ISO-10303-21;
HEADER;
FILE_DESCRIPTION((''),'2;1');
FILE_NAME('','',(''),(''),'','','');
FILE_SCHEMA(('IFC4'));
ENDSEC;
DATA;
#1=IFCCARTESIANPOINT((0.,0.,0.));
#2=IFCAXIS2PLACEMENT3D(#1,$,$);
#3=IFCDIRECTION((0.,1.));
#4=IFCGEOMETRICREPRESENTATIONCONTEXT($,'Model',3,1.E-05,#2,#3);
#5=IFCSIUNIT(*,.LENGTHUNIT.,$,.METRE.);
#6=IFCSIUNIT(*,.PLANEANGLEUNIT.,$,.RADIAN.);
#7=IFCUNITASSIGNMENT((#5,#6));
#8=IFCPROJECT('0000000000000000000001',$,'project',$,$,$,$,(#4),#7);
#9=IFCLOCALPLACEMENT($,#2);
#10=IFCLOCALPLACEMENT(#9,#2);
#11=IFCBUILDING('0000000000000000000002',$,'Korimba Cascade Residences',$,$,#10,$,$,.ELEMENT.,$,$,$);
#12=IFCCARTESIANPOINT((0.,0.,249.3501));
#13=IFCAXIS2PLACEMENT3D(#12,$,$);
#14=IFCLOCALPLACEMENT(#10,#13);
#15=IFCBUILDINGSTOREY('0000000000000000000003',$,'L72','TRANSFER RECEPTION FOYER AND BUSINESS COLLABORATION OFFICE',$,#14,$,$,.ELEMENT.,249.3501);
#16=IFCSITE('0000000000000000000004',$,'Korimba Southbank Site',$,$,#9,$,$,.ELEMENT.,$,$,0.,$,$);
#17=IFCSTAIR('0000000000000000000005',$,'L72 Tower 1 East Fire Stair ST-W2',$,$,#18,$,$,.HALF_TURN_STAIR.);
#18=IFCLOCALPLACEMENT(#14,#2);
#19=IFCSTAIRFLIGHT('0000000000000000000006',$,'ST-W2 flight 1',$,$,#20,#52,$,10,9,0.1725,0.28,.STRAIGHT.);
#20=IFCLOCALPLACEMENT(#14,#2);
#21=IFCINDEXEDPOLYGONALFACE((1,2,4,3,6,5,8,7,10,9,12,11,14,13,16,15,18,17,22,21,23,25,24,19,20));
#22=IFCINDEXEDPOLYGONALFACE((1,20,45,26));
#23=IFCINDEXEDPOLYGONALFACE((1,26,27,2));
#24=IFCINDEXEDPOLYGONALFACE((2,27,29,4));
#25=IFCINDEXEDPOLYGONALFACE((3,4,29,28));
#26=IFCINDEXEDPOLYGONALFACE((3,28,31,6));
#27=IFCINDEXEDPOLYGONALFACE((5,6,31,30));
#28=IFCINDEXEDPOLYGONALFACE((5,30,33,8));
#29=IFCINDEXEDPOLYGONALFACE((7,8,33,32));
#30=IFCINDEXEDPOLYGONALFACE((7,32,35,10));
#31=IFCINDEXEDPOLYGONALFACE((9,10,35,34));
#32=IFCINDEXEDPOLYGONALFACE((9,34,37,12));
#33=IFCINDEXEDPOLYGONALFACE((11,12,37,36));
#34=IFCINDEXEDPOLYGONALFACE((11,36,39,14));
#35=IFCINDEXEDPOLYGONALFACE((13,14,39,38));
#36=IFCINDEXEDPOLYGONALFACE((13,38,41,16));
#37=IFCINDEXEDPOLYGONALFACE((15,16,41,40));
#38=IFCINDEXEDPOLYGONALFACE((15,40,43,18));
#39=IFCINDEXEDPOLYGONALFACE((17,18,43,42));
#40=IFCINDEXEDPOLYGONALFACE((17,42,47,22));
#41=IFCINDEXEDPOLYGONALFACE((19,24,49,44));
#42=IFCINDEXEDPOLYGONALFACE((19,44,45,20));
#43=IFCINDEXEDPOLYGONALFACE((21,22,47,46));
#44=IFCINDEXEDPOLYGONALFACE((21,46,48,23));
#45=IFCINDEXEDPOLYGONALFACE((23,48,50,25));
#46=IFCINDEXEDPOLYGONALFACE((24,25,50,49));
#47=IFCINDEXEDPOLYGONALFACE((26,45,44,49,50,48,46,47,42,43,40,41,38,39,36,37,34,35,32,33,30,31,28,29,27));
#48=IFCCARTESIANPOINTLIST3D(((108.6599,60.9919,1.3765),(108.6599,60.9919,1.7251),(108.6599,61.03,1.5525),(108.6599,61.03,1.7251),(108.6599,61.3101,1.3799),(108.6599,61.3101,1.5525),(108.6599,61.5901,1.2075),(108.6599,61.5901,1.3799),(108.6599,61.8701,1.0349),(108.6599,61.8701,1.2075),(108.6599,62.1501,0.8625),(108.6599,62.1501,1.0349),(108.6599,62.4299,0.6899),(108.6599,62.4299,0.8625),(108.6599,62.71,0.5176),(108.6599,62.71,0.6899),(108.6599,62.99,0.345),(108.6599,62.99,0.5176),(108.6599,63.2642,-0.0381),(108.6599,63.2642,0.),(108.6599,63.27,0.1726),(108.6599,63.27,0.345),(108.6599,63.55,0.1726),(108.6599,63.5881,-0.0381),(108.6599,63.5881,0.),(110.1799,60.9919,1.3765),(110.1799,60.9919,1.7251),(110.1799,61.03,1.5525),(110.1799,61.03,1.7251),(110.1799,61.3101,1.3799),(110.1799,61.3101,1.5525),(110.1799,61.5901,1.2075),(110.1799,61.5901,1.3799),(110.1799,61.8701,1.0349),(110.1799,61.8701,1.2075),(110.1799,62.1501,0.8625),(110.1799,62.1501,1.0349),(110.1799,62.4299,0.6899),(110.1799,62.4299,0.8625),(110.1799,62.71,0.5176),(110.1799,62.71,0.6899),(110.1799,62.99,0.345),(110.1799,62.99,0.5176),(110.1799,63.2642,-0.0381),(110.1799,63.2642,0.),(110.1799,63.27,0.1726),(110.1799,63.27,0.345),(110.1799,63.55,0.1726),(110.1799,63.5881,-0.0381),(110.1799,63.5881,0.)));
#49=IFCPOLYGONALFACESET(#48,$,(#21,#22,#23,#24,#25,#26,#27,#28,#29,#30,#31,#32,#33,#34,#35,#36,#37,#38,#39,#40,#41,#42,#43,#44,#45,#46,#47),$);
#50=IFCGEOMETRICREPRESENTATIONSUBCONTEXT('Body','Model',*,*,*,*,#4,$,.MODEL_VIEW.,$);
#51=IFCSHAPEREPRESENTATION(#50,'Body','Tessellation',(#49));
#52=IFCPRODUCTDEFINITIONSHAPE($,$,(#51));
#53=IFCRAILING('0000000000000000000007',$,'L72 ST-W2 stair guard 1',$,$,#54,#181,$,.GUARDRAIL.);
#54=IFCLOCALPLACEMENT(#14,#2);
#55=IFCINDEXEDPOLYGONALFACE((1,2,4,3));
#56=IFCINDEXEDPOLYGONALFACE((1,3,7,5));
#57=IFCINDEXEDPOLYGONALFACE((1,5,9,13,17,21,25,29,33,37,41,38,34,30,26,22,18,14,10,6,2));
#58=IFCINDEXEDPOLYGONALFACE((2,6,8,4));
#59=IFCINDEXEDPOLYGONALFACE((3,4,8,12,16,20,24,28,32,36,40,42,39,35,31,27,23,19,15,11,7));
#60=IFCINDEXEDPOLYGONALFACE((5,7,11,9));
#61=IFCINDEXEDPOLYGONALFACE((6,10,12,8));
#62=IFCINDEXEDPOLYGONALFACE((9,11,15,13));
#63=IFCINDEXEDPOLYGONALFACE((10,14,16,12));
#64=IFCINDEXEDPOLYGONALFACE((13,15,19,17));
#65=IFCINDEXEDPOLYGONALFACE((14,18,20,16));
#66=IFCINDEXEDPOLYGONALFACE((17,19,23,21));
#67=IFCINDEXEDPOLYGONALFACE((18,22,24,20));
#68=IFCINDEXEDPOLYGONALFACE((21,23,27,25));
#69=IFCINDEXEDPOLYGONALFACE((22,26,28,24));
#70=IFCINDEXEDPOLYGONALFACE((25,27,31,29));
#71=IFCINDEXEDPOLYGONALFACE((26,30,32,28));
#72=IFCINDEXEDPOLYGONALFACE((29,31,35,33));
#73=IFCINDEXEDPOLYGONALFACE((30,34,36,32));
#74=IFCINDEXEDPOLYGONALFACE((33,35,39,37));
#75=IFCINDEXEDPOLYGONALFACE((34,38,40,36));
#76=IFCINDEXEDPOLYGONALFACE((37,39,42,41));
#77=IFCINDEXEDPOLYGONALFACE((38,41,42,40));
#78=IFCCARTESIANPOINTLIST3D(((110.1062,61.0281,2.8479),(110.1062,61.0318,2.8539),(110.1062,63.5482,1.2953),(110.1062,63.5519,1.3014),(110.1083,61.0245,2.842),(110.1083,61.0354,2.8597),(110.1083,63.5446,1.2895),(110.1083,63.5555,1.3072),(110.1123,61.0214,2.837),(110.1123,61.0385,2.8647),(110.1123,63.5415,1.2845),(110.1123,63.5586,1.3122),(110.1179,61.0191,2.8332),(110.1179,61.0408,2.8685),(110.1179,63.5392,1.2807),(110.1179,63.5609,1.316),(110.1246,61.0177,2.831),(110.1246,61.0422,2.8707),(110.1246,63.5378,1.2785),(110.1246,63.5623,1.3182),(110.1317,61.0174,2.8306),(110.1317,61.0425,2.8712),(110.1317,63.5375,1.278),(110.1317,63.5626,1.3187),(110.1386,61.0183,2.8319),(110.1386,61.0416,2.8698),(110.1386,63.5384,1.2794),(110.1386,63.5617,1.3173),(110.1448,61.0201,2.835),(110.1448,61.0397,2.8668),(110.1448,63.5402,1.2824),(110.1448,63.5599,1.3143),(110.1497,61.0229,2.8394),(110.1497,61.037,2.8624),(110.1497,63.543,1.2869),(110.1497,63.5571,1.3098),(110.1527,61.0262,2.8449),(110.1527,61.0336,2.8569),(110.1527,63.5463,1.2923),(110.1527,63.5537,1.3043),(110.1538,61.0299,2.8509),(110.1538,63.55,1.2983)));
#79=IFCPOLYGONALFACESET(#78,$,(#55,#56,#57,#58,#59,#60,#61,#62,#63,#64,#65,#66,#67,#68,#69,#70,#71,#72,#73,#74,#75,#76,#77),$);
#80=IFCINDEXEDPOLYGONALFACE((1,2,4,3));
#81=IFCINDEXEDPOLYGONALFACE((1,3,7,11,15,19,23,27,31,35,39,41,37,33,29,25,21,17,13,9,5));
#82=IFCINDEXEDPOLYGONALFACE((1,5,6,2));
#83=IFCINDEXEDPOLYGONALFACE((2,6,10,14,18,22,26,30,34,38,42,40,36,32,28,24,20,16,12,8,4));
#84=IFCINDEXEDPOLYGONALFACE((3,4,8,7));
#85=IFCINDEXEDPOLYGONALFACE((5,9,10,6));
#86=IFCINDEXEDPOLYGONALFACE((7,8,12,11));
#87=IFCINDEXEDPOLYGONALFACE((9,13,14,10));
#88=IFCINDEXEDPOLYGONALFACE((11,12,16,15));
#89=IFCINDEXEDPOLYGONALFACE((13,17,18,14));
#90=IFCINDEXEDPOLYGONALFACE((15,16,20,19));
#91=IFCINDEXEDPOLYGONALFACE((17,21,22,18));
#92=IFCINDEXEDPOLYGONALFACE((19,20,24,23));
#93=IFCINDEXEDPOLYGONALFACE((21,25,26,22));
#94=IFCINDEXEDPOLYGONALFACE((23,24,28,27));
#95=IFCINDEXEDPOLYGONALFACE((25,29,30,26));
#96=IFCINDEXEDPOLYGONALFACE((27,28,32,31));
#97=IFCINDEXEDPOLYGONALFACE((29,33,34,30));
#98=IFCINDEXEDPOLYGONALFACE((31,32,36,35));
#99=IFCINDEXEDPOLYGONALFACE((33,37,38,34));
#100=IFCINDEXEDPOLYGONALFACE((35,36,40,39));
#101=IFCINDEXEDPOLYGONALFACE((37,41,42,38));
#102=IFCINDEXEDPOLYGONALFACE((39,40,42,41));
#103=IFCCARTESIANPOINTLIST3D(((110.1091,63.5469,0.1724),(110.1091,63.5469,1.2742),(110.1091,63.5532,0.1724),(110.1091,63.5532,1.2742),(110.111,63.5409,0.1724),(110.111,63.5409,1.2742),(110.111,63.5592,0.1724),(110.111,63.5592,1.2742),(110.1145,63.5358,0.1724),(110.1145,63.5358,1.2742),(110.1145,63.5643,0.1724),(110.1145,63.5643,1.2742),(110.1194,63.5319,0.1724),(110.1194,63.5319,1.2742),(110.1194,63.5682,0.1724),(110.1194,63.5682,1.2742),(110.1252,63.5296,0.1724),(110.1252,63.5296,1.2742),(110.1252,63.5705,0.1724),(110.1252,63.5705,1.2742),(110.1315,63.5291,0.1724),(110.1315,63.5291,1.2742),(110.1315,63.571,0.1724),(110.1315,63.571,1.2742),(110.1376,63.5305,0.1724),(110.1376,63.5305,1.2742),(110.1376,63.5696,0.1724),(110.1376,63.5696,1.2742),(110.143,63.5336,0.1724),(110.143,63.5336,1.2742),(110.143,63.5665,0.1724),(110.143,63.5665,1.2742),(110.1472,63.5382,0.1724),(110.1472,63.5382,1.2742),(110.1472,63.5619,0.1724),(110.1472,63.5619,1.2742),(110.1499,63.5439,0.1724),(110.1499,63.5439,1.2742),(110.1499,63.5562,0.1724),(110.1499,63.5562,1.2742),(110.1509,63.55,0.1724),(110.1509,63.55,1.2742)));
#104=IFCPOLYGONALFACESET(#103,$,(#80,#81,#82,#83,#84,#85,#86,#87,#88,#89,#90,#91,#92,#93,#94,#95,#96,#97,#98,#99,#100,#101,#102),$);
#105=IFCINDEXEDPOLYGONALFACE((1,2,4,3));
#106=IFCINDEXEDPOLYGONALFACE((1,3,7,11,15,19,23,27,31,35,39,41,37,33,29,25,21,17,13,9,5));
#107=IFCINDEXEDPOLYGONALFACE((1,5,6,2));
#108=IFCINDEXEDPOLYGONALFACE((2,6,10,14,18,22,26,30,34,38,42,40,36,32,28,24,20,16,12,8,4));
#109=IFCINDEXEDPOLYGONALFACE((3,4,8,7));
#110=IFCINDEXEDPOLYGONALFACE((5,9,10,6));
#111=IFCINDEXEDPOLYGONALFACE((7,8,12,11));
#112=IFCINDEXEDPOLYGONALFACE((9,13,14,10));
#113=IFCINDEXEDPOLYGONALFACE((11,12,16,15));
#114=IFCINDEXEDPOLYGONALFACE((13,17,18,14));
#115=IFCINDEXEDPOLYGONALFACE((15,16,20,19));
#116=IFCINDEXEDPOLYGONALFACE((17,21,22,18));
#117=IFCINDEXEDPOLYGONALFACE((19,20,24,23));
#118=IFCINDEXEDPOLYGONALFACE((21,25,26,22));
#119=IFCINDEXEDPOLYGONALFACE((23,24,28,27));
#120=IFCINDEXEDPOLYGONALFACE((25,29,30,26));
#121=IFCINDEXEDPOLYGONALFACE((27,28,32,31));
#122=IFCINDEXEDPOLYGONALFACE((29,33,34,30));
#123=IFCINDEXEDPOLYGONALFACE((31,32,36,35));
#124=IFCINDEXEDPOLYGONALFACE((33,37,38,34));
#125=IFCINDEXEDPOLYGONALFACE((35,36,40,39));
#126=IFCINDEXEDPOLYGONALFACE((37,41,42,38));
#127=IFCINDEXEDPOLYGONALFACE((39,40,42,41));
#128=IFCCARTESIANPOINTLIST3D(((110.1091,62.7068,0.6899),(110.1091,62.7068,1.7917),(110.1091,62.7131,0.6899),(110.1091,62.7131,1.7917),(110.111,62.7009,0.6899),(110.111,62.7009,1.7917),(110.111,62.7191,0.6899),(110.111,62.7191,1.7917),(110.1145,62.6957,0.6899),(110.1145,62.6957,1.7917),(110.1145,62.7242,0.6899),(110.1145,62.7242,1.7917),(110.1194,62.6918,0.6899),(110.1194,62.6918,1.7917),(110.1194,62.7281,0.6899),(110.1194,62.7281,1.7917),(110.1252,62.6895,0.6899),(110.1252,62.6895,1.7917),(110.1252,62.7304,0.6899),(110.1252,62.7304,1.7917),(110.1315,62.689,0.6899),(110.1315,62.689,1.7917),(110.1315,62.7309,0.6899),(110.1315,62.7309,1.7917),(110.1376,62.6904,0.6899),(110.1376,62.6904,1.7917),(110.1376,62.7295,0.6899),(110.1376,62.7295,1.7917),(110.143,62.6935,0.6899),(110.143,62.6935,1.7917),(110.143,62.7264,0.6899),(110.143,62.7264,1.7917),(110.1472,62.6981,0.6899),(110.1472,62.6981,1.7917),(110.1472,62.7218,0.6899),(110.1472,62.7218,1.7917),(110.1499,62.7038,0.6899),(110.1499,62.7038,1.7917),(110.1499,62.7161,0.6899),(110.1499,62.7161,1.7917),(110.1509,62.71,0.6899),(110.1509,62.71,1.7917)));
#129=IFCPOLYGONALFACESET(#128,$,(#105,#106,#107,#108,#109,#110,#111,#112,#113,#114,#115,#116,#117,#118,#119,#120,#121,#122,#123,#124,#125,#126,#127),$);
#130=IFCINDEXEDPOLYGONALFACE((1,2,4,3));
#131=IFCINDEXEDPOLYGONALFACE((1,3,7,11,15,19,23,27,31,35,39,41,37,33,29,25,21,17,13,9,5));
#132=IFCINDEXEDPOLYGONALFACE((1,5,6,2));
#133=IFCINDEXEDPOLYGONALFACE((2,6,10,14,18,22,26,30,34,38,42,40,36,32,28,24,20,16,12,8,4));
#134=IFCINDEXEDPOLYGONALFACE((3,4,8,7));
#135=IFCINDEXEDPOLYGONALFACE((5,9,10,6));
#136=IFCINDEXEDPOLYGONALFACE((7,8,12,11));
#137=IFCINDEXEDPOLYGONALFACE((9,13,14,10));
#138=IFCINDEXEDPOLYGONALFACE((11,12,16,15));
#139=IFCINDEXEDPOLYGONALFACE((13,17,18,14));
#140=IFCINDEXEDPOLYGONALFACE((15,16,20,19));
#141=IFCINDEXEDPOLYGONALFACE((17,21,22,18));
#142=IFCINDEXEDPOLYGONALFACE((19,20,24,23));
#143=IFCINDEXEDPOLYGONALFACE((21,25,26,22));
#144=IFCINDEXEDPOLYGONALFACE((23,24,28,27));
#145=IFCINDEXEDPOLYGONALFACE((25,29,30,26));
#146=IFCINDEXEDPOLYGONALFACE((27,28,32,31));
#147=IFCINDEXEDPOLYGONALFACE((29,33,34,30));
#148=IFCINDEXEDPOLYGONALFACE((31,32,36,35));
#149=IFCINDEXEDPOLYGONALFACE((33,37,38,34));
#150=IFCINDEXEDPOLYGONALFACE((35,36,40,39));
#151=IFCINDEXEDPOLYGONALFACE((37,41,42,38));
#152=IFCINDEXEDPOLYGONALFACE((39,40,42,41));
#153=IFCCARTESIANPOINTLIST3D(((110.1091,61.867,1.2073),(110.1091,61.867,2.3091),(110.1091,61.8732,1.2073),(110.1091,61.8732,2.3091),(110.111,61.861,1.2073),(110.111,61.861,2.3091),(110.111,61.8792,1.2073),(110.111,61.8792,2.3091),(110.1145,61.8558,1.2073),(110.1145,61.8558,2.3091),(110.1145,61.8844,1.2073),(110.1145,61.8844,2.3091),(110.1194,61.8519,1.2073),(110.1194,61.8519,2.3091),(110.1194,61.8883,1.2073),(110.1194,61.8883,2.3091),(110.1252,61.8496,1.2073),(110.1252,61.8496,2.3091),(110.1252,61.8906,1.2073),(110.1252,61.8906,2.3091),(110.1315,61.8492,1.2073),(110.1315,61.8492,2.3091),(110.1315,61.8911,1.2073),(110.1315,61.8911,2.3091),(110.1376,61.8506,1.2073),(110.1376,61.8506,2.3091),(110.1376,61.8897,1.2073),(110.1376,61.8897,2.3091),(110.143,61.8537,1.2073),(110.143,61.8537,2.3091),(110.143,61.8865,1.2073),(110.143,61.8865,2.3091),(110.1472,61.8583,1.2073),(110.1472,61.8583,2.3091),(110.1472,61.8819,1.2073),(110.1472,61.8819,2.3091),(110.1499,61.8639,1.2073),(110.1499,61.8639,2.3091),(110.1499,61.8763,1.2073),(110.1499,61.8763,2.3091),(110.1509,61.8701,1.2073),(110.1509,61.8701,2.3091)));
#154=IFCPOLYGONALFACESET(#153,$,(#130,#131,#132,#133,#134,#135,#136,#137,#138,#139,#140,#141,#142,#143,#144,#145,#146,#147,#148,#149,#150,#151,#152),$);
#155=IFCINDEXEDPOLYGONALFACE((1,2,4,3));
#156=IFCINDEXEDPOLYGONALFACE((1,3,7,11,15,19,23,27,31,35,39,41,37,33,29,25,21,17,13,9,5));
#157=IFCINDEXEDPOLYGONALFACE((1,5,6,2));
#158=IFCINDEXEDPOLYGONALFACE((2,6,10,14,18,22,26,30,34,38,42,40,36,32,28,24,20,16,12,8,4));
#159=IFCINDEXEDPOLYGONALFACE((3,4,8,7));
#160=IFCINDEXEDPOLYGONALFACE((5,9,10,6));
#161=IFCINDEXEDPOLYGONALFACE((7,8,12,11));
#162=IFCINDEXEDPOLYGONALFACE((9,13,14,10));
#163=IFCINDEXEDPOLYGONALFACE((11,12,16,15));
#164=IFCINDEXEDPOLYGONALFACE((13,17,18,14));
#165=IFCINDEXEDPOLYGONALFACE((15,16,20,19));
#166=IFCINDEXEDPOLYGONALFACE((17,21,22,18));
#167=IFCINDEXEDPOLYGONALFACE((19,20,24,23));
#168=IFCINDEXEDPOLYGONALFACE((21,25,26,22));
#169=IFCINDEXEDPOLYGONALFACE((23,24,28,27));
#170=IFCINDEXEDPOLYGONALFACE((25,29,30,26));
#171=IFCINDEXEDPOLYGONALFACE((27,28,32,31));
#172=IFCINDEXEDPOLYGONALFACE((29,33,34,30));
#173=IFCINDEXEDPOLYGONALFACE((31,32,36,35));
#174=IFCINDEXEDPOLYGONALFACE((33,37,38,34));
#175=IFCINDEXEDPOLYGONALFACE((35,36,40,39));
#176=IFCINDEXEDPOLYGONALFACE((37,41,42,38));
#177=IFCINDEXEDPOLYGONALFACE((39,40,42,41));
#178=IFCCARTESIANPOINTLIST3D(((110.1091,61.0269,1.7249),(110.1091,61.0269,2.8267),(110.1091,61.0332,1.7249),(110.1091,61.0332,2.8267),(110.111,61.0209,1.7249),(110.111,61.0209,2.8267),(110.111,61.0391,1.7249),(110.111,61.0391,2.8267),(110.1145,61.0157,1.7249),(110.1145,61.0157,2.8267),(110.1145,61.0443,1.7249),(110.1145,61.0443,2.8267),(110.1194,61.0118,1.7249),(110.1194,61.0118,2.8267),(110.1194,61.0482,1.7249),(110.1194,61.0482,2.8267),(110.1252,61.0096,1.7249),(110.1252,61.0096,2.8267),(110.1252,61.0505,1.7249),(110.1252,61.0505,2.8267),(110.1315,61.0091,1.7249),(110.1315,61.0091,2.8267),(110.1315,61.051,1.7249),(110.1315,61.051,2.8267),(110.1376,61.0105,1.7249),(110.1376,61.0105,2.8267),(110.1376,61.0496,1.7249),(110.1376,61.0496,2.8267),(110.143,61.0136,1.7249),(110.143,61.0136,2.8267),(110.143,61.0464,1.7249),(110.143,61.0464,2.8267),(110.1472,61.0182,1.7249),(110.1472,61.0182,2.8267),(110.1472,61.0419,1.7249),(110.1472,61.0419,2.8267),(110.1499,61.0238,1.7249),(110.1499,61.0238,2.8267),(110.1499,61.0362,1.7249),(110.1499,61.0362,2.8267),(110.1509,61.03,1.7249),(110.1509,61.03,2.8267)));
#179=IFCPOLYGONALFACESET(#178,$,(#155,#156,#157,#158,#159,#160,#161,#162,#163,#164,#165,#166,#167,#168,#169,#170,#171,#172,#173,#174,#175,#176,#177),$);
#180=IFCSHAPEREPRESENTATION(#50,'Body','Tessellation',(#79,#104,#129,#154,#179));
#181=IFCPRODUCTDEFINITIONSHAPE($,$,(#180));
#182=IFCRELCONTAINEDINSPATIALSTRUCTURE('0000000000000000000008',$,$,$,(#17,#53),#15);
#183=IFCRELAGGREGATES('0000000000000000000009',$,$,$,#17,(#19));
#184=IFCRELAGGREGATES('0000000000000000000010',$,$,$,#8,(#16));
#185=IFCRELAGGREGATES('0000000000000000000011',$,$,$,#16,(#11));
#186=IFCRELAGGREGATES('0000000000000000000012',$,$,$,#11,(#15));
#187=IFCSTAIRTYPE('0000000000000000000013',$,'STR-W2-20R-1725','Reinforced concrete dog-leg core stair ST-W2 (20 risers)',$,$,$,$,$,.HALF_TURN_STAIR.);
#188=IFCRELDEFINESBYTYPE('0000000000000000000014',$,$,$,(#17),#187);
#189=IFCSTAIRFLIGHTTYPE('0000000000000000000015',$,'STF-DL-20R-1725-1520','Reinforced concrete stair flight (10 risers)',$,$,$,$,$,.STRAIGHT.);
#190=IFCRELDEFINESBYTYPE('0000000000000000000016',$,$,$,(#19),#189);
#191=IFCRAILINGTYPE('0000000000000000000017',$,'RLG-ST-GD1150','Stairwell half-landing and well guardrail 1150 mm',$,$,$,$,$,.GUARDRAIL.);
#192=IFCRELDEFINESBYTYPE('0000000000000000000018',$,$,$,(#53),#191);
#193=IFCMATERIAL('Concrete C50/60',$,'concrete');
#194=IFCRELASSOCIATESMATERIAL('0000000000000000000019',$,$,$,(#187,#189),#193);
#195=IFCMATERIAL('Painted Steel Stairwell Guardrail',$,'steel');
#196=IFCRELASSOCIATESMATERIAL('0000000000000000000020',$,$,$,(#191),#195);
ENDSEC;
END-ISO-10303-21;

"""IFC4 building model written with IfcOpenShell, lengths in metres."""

from ifc_helpers import new_model, si_unit, direction, frame, origin, origin_2d, place, context, subcontext, project, spatial, polyline, circle, outline, extrude, material, type_object, element, aggregate, save


model = new_model("IFC4")

# Units and contexts
model_context = context("Model", 3, precision=1e-05, world=origin(), true_north=direction((0.0, 1.0)))
body_context = subcontext(model_context, "Body", "Model", "MODEL_VIEW")
ifc_project = project(units=[si_unit("LENGTHUNIT", "METRE"), si_unit("PLANEANGLEUNIT", "RADIAN")], contexts=[model_context])

# Site, building, storey
site_placement = place(None, origin())
site = spatial("IfcSite", under=ifc_project, at=site_placement, Name="Korimba Southbank Site", CompositionType="ELEMENT", RefElevation=0.0)
building_placement = place(site_placement, origin())
building = spatial("IfcBuilding", under=site, at=building_placement, Name="Korimba Cascade Residences", CompositionType="ELEMENT")
storey_placement = place(building_placement, frame((0.0, 0.0, 249.3501)))
storey = spatial("IfcBuildingStorey", under=building, at=storey_placement, Name="L72", Description="TRANSFER RECEPTION FOYER AND BUSINESS COLLABORATION OFFICE", CompositionType="ELEMENT", Elevation=249.3501)

# Shared definitions
ifc_material_1 = material(Name="Concrete C50/60", Category="concrete")

# Stair, stair flight
stair_type = type_object("IfcStairType", Name="STR-W2-20R-1725", Description="Reinforced concrete dog-leg core stair ST-W2 (20 risers)", PredefinedType="HALF_TURN_STAIR", material=ifc_material_1)
stair_placement = place(storey_placement, origin())
stair = element("IfcStair", 1, at=stair_placement, inside=storey, type_object=stair_type, Name="L72 Tower 1 East Fire Stair ST-W2", PredefinedType="HALF_TURN_STAIR")
stair_flight_type = type_object("IfcStairFlightType", Name="STF-DL-20R-1725-1520", Description="Reinforced concrete stair flight (10 risers)", PredefinedType="STRAIGHT", material=ifc_material_1)
stair_flight_placement = place(storey_placement, frame((109.4199, 63.55, 0.0), z_axis=(0.0, 0.0, 1.0), x_axis=(0.0, -1.0, 0.0)))
stair_flight = element("IfcStairFlight", 2, at=stair_flight_placement, type_object=stair_flight_type, Name="ST-W2 flight 1", NumberOfRisers=10, NumberOfTreads=9, PredefinedType="STRAIGHT", RiserHeight=0.1725, TreadLength=0.28, context=body_context, shape_type="SweptSolid", body=[
    extrude(outline(polyline([(-0.0381, 0.0), (0.0, 0.1726), (0.28, 0.1726), (0.28, 0.345), (0.5601, 0.345), (0.5601, 0.5176), (0.8401, 0.5176), (0.8401, 0.6899), (1.1201, 0.6899), (1.1201, 0.8625), (1.3999, 0.8625), (1.3999, 1.0349), (1.6799, 1.0349), (1.6799, 1.2075), (1.96, 1.2075), (1.96, 1.3799), (2.24, 1.3799), (2.24, 1.5525), (2.52, 1.5525), (2.52, 1.7251), (2.5581, 1.7251), (2.5581, 1.3765), (0.2859, 0.0), (0.2859, -0.0381), (-0.0381, -0.0381), (-0.0381, 0.0)])), frame((0.0, 0.76, 0.0), z_axis=(0.0, -1.0, 0.0), x_axis=(1.0, 0.0, 0.0)), (0.0, 0.0, 1.0), 1.52),
])
aggregate(stair, [stair_flight])

# Railing
ifc_material_2 = material(Name="Painted Steel Stairwell Guardrail", Category="steel")
railing_type_1 = type_object("IfcRailingType", Name="RLG-ST-GD1150", Description="Stairwell half-landing and well guardrail 1150 mm", PredefinedType="GUARDRAIL", material=ifc_material_2)
railing_1_placement = place(storey_placement, frame((110.1299, 63.55, 0.1724)))
element("IfcRailing", 3, at=railing_1_placement, inside=storey, type_object=railing_type_1, Name="L72 ST-W2 stair guard 1", PredefinedType="GUARDRAIL", context=body_context, shape_type="SweptSolid", body=[
    extrude(circle(Radius=0.0239, at=origin_2d()), frame((0.0, 0.0, 1.126), z_axis=(0.0, -0.8514, 0.524516), x_axis=(1.0, 0.0, 0.0)), (0.0, 0.0, 1.0), 2.96),
    extrude(circle(Radius=0.021, at=origin_2d()), origin(), (0.0, 0.0, 1.0), 1.1018),
    extrude(circle(Radius=0.021, at=origin_2d()), frame((0.0, -0.8401, 0.5176)), (0.0, 0.0, 1.0), 1.1018),
    extrude(circle(Radius=0.021, at=origin_2d()), frame((0.0, -1.6799, 1.0349)), (0.0, 0.0, 1.0), 1.1018),
    extrude(circle(Radius=0.021, at=origin_2d()), frame((0.0, -2.52, 1.5525)), (0.0, 0.0, 1.0), 1.1018),
])

save(model, "model.ifc")
